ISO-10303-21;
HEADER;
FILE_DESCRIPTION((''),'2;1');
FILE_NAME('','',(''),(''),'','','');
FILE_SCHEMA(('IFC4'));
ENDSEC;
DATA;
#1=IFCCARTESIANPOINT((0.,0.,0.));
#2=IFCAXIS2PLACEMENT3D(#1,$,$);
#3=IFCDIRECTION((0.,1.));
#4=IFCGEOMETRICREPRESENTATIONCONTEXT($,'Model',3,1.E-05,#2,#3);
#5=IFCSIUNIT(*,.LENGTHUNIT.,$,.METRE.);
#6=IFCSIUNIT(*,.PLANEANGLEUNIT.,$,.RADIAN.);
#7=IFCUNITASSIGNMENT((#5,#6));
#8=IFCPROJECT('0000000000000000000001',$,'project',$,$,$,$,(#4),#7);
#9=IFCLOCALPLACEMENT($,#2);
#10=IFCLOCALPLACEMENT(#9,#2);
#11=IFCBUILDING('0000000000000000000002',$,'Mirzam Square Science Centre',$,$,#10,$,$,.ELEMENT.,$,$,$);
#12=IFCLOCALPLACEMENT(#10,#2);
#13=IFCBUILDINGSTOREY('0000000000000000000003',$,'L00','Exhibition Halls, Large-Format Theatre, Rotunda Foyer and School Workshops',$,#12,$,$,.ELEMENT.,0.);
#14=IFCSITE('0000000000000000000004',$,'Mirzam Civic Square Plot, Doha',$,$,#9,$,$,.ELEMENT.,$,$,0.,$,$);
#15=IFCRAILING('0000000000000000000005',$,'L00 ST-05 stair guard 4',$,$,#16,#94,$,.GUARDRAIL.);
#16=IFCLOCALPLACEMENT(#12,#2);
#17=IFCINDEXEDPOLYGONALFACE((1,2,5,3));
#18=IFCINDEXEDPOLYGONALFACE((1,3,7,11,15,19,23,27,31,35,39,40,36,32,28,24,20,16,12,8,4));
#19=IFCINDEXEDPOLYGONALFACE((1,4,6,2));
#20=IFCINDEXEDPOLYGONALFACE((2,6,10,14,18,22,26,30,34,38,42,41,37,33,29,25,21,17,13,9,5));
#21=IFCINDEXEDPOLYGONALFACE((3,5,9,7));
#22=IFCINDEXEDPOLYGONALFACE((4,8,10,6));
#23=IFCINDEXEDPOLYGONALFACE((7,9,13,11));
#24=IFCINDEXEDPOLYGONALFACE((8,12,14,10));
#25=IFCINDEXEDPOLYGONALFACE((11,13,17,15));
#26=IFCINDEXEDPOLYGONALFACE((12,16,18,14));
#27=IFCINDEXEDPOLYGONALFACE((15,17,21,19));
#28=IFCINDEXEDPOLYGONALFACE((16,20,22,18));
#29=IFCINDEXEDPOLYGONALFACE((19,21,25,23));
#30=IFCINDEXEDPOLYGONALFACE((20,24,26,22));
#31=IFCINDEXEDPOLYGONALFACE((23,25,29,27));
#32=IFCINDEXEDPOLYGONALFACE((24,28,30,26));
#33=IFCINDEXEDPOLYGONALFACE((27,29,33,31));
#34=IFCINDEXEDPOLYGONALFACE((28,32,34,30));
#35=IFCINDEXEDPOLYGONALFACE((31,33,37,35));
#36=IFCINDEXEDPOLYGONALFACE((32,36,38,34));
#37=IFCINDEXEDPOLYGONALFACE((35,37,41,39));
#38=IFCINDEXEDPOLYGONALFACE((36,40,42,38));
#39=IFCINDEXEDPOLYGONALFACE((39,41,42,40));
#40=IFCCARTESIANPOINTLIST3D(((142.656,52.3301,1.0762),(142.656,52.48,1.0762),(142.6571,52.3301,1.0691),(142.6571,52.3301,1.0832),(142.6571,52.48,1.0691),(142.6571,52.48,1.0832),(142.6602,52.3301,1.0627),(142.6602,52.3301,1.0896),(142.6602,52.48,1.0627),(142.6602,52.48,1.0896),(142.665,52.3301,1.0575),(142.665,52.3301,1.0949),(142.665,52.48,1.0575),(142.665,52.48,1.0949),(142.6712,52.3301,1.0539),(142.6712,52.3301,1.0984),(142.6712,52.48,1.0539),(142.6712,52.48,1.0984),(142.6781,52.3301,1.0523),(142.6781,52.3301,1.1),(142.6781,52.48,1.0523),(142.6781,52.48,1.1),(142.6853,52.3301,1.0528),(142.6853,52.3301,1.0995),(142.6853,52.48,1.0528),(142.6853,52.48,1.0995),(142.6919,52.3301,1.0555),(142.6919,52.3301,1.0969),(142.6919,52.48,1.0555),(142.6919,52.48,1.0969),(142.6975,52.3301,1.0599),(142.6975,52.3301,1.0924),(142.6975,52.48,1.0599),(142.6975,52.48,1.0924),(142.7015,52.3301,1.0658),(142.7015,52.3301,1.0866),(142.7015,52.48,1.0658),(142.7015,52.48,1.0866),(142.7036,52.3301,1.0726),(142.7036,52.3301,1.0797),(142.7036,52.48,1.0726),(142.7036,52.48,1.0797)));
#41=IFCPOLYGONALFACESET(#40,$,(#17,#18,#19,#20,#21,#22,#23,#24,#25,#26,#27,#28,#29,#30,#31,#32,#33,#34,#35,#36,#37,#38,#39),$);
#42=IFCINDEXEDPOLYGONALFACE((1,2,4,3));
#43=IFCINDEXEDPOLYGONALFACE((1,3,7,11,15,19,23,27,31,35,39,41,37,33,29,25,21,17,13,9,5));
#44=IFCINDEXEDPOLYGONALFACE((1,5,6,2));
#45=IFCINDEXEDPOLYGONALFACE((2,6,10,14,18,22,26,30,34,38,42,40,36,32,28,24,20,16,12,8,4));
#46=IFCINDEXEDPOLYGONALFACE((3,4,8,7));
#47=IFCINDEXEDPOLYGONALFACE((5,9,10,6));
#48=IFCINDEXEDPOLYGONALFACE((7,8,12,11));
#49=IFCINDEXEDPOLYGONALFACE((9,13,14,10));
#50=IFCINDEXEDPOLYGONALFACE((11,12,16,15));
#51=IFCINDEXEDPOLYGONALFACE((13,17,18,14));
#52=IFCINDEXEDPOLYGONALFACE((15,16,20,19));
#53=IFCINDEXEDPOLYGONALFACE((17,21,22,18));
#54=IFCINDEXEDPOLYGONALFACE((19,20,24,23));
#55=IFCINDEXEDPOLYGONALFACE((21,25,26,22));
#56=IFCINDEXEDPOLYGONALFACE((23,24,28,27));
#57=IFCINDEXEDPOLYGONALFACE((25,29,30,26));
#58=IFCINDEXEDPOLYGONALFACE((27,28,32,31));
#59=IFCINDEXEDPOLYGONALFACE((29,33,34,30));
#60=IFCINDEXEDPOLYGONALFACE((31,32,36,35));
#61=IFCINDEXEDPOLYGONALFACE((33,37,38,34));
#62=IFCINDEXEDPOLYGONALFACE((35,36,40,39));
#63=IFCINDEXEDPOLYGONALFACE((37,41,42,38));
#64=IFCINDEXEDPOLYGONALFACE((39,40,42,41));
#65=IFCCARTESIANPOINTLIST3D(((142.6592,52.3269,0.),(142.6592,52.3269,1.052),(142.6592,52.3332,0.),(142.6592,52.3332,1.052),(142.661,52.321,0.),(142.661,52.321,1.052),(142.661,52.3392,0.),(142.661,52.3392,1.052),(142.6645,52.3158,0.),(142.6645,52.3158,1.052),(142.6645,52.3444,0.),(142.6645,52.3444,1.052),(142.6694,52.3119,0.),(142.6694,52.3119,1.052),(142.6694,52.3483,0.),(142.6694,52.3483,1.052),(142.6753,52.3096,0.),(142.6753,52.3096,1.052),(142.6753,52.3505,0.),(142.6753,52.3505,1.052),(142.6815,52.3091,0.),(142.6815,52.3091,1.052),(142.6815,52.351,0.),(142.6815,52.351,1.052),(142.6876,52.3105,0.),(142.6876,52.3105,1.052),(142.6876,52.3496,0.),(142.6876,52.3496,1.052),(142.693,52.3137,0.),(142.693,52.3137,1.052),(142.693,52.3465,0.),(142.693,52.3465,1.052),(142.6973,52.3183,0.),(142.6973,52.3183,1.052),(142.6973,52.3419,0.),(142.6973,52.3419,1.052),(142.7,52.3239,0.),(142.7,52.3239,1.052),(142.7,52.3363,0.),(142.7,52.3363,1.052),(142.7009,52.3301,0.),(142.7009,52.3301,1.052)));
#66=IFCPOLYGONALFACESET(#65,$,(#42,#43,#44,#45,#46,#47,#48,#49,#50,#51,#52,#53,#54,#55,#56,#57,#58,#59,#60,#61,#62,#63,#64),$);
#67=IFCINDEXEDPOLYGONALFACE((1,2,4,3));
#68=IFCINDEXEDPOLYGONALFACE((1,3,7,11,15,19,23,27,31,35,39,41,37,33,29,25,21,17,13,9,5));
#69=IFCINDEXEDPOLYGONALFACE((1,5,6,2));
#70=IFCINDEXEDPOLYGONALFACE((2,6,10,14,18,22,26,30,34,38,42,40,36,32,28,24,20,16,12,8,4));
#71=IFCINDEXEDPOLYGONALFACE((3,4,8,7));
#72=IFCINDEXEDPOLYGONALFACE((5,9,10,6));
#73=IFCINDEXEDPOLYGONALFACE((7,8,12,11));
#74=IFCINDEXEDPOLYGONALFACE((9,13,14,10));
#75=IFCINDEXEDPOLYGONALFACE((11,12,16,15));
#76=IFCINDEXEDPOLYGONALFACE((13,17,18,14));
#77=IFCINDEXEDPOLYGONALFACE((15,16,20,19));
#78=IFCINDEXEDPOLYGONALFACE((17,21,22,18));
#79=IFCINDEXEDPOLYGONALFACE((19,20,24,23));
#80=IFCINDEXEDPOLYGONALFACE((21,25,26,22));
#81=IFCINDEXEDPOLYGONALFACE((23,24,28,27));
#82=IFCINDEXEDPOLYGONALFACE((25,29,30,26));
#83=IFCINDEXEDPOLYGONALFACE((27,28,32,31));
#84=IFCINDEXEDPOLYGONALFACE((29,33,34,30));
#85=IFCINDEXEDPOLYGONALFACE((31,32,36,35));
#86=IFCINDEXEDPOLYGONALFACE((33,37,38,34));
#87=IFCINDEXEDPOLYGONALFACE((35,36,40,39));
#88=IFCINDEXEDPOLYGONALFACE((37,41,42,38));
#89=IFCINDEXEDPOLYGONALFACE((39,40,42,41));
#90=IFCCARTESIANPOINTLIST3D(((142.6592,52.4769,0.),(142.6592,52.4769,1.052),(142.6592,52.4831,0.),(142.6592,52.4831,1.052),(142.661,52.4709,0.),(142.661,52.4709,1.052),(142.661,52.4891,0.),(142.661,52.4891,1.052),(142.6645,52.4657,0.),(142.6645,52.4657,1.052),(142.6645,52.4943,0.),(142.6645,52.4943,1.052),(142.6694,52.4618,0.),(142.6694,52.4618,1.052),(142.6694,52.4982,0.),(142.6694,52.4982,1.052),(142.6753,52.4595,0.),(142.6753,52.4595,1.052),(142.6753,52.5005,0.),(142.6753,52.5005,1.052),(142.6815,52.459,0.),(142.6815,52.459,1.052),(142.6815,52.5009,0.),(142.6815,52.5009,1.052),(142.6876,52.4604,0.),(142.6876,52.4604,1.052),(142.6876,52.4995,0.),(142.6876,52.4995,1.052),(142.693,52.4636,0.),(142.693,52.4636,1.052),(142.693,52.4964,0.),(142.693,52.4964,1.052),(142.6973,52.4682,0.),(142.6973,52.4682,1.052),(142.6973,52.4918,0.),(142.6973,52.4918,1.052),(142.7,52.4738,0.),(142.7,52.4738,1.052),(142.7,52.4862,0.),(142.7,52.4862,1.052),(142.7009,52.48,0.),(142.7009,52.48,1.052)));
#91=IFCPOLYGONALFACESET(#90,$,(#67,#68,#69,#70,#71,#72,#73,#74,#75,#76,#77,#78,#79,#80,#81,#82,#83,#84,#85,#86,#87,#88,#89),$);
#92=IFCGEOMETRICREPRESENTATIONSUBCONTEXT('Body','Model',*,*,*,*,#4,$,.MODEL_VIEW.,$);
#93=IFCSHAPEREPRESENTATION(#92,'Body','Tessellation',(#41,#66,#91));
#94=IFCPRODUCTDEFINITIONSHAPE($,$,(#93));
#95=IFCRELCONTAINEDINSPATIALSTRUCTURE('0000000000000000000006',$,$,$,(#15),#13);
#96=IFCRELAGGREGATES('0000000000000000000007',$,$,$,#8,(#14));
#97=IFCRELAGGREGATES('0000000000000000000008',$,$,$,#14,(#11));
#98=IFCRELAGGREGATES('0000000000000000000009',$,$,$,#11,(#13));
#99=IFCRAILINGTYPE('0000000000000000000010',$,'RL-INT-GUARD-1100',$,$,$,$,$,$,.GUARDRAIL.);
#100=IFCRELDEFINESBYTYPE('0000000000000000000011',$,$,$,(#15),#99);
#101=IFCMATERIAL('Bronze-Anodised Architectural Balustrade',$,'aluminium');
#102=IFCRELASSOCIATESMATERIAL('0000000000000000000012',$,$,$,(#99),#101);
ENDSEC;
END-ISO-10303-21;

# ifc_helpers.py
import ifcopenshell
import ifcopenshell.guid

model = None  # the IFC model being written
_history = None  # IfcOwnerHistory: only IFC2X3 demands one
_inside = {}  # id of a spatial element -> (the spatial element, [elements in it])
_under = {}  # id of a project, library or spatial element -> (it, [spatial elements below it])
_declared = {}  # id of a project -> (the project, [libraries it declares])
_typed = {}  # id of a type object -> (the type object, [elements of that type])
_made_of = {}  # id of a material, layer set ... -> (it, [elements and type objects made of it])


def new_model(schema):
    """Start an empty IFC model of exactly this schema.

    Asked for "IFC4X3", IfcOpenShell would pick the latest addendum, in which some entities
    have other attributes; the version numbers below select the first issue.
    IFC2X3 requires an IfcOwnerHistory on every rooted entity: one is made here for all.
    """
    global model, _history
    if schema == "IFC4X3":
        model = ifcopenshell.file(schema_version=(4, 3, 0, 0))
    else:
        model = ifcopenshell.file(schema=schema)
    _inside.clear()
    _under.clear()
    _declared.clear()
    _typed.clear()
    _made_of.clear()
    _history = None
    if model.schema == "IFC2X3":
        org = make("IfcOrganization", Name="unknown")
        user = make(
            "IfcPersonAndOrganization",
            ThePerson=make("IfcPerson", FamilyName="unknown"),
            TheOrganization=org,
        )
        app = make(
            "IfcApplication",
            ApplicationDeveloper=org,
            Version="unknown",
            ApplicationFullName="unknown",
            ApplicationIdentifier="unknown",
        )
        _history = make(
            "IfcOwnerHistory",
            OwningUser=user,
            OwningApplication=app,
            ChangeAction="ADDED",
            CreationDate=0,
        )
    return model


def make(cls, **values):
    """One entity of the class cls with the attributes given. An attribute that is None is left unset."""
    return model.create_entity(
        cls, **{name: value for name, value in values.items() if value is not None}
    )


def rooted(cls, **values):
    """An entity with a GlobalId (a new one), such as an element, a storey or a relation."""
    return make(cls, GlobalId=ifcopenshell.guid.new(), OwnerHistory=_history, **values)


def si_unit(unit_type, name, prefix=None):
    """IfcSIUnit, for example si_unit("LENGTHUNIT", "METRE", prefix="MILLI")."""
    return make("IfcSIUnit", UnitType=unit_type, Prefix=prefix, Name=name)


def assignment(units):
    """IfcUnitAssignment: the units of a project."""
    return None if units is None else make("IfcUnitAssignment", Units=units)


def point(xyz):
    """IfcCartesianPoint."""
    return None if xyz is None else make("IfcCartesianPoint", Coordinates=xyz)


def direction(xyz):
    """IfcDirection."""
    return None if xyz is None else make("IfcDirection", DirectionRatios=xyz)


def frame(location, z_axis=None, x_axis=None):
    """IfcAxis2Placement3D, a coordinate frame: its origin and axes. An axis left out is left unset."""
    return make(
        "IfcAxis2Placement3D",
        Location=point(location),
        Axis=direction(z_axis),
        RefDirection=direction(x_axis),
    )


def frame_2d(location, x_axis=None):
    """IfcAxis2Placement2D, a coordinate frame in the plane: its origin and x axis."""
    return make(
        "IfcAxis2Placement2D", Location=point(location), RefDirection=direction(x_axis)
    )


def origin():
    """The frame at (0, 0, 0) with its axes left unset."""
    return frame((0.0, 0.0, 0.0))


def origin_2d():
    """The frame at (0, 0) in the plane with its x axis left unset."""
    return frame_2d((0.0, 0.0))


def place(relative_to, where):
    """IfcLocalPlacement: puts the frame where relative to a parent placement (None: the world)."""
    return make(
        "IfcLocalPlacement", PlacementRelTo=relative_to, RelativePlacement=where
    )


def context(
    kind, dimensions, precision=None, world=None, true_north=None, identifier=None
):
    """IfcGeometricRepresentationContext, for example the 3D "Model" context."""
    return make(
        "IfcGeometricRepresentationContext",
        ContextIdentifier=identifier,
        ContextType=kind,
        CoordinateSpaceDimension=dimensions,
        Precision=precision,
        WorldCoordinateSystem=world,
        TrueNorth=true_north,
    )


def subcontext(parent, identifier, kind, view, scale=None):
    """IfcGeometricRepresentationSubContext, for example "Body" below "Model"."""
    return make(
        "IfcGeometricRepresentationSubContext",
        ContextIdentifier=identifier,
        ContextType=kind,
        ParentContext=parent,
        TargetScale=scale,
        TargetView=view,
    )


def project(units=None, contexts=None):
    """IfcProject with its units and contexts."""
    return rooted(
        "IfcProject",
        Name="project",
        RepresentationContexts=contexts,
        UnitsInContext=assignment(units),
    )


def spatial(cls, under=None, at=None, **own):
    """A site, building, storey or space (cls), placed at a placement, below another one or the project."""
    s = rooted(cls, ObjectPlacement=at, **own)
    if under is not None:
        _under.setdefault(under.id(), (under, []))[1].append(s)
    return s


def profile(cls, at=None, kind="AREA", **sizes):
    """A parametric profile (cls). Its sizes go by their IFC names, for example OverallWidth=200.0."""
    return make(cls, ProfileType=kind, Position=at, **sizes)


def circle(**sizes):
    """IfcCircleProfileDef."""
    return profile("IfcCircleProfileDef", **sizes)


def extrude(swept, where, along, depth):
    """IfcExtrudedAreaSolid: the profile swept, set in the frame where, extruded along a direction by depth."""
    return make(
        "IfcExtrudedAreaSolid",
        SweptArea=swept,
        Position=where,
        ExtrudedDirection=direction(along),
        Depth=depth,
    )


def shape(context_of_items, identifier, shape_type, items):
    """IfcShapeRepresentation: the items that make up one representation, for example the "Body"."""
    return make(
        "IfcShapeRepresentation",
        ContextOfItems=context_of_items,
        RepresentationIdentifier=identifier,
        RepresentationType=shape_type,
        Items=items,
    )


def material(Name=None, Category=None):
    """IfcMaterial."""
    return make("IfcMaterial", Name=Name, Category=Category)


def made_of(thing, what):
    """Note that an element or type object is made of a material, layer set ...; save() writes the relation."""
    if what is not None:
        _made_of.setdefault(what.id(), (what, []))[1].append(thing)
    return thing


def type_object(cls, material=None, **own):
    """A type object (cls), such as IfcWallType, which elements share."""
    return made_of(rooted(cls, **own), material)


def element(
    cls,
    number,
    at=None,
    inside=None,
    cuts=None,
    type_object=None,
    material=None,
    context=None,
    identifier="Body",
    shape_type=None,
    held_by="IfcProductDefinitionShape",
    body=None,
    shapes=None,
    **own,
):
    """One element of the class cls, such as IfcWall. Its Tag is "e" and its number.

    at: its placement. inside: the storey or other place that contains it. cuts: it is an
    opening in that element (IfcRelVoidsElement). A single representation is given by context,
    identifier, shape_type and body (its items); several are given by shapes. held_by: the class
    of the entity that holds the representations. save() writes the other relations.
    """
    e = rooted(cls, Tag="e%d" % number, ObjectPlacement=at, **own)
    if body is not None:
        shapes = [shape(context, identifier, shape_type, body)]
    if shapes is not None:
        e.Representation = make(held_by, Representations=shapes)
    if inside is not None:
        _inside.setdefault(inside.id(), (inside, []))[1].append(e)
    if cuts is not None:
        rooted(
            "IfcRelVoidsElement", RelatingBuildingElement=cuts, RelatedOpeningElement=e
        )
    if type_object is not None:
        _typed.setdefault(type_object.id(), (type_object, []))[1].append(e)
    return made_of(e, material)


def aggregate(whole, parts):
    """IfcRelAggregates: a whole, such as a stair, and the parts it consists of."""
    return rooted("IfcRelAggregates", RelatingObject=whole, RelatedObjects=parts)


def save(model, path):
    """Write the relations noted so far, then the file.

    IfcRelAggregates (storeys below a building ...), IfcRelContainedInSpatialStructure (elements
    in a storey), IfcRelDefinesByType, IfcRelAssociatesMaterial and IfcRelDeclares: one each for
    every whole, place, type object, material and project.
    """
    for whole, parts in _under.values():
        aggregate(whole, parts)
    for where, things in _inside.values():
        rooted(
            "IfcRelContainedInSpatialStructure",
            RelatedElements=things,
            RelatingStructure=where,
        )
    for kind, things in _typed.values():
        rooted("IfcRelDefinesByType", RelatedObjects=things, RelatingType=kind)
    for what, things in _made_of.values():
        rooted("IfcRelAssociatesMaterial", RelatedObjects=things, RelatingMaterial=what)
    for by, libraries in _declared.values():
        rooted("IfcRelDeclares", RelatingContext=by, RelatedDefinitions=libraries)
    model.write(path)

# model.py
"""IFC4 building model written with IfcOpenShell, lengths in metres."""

from ifc_helpers import new_model, si_unit, direction, frame, origin, origin_2d, place, context, subcontext, project, spatial, circle, extrude, material, type_object, element, save


model = new_model("IFC4")

# Units and contexts
model_context = context("Model", 3, precision=1e-05, world=origin(), true_north=direction((0.0, 1.0)))
body_context = subcontext(model_context, "Body", "Model", "MODEL_VIEW")
ifc_project = project(units=[si_unit("LENGTHUNIT", "METRE"), si_unit("PLANEANGLEUNIT", "RADIAN")], contexts=[model_context])

# Site, building, storey
site_placement = place(None, origin())
site = spatial("IfcSite", under=ifc_project, at=site_placement, Name="Mirzam Civic Square Plot, Doha", CompositionType="ELEMENT", RefElevation=0.0)
building_placement = place(site_placement, origin())
building = spatial("IfcBuilding", under=site, at=building_placement, Name="Mirzam Square Science Centre", CompositionType="ELEMENT")
storey_placement = place(building_placement, origin())
storey = spatial("IfcBuildingStorey", under=building, at=storey_placement, Name="L00", Description="Exhibition Halls, Large-Format Theatre, Rotunda Foyer and School Workshops", CompositionType="ELEMENT", Elevation=0.0)

# Railing
ifc_material_1 = material(Name="Bronze-Anodised Architectural Balustrade", Category="aluminium")
railing_type_1 = type_object("IfcRailingType", Name="RL-INT-GUARD-1100", PredefinedType="GUARDRAIL", material=ifc_material_1)
railing_1_placement = place(storey_placement, frame((142.6799, 52.3301, 0.0)))
element("IfcRailing", 1, at=railing_1_placement, inside=storey, type_object=railing_type_1, Name="L00 ST-05 stair guard 4", PredefinedType="GUARDRAIL", context=body_context, shape_type="SweptSolid", body=[
    extrude(circle(Radius=0.0239, at=origin_2d()), frame((0.0, 0.0, 1.0762), z_axis=(0.0, 1.0, 0.0), x_axis=(-1.0, 0.0, 0.0)), (0.0, 0.0, 1.0), 0.1499),
    extrude(circle(Radius=0.021, at=origin_2d()), origin(), (0.0, 0.0, 1.0), 1.052),
    extrude(circle(Radius=0.021, at=origin_2d()), frame((0.0, 0.1499, 0.0)), (0.0, 0.0, 1.0), 1.052),
])

save(model, "model.ifc")
